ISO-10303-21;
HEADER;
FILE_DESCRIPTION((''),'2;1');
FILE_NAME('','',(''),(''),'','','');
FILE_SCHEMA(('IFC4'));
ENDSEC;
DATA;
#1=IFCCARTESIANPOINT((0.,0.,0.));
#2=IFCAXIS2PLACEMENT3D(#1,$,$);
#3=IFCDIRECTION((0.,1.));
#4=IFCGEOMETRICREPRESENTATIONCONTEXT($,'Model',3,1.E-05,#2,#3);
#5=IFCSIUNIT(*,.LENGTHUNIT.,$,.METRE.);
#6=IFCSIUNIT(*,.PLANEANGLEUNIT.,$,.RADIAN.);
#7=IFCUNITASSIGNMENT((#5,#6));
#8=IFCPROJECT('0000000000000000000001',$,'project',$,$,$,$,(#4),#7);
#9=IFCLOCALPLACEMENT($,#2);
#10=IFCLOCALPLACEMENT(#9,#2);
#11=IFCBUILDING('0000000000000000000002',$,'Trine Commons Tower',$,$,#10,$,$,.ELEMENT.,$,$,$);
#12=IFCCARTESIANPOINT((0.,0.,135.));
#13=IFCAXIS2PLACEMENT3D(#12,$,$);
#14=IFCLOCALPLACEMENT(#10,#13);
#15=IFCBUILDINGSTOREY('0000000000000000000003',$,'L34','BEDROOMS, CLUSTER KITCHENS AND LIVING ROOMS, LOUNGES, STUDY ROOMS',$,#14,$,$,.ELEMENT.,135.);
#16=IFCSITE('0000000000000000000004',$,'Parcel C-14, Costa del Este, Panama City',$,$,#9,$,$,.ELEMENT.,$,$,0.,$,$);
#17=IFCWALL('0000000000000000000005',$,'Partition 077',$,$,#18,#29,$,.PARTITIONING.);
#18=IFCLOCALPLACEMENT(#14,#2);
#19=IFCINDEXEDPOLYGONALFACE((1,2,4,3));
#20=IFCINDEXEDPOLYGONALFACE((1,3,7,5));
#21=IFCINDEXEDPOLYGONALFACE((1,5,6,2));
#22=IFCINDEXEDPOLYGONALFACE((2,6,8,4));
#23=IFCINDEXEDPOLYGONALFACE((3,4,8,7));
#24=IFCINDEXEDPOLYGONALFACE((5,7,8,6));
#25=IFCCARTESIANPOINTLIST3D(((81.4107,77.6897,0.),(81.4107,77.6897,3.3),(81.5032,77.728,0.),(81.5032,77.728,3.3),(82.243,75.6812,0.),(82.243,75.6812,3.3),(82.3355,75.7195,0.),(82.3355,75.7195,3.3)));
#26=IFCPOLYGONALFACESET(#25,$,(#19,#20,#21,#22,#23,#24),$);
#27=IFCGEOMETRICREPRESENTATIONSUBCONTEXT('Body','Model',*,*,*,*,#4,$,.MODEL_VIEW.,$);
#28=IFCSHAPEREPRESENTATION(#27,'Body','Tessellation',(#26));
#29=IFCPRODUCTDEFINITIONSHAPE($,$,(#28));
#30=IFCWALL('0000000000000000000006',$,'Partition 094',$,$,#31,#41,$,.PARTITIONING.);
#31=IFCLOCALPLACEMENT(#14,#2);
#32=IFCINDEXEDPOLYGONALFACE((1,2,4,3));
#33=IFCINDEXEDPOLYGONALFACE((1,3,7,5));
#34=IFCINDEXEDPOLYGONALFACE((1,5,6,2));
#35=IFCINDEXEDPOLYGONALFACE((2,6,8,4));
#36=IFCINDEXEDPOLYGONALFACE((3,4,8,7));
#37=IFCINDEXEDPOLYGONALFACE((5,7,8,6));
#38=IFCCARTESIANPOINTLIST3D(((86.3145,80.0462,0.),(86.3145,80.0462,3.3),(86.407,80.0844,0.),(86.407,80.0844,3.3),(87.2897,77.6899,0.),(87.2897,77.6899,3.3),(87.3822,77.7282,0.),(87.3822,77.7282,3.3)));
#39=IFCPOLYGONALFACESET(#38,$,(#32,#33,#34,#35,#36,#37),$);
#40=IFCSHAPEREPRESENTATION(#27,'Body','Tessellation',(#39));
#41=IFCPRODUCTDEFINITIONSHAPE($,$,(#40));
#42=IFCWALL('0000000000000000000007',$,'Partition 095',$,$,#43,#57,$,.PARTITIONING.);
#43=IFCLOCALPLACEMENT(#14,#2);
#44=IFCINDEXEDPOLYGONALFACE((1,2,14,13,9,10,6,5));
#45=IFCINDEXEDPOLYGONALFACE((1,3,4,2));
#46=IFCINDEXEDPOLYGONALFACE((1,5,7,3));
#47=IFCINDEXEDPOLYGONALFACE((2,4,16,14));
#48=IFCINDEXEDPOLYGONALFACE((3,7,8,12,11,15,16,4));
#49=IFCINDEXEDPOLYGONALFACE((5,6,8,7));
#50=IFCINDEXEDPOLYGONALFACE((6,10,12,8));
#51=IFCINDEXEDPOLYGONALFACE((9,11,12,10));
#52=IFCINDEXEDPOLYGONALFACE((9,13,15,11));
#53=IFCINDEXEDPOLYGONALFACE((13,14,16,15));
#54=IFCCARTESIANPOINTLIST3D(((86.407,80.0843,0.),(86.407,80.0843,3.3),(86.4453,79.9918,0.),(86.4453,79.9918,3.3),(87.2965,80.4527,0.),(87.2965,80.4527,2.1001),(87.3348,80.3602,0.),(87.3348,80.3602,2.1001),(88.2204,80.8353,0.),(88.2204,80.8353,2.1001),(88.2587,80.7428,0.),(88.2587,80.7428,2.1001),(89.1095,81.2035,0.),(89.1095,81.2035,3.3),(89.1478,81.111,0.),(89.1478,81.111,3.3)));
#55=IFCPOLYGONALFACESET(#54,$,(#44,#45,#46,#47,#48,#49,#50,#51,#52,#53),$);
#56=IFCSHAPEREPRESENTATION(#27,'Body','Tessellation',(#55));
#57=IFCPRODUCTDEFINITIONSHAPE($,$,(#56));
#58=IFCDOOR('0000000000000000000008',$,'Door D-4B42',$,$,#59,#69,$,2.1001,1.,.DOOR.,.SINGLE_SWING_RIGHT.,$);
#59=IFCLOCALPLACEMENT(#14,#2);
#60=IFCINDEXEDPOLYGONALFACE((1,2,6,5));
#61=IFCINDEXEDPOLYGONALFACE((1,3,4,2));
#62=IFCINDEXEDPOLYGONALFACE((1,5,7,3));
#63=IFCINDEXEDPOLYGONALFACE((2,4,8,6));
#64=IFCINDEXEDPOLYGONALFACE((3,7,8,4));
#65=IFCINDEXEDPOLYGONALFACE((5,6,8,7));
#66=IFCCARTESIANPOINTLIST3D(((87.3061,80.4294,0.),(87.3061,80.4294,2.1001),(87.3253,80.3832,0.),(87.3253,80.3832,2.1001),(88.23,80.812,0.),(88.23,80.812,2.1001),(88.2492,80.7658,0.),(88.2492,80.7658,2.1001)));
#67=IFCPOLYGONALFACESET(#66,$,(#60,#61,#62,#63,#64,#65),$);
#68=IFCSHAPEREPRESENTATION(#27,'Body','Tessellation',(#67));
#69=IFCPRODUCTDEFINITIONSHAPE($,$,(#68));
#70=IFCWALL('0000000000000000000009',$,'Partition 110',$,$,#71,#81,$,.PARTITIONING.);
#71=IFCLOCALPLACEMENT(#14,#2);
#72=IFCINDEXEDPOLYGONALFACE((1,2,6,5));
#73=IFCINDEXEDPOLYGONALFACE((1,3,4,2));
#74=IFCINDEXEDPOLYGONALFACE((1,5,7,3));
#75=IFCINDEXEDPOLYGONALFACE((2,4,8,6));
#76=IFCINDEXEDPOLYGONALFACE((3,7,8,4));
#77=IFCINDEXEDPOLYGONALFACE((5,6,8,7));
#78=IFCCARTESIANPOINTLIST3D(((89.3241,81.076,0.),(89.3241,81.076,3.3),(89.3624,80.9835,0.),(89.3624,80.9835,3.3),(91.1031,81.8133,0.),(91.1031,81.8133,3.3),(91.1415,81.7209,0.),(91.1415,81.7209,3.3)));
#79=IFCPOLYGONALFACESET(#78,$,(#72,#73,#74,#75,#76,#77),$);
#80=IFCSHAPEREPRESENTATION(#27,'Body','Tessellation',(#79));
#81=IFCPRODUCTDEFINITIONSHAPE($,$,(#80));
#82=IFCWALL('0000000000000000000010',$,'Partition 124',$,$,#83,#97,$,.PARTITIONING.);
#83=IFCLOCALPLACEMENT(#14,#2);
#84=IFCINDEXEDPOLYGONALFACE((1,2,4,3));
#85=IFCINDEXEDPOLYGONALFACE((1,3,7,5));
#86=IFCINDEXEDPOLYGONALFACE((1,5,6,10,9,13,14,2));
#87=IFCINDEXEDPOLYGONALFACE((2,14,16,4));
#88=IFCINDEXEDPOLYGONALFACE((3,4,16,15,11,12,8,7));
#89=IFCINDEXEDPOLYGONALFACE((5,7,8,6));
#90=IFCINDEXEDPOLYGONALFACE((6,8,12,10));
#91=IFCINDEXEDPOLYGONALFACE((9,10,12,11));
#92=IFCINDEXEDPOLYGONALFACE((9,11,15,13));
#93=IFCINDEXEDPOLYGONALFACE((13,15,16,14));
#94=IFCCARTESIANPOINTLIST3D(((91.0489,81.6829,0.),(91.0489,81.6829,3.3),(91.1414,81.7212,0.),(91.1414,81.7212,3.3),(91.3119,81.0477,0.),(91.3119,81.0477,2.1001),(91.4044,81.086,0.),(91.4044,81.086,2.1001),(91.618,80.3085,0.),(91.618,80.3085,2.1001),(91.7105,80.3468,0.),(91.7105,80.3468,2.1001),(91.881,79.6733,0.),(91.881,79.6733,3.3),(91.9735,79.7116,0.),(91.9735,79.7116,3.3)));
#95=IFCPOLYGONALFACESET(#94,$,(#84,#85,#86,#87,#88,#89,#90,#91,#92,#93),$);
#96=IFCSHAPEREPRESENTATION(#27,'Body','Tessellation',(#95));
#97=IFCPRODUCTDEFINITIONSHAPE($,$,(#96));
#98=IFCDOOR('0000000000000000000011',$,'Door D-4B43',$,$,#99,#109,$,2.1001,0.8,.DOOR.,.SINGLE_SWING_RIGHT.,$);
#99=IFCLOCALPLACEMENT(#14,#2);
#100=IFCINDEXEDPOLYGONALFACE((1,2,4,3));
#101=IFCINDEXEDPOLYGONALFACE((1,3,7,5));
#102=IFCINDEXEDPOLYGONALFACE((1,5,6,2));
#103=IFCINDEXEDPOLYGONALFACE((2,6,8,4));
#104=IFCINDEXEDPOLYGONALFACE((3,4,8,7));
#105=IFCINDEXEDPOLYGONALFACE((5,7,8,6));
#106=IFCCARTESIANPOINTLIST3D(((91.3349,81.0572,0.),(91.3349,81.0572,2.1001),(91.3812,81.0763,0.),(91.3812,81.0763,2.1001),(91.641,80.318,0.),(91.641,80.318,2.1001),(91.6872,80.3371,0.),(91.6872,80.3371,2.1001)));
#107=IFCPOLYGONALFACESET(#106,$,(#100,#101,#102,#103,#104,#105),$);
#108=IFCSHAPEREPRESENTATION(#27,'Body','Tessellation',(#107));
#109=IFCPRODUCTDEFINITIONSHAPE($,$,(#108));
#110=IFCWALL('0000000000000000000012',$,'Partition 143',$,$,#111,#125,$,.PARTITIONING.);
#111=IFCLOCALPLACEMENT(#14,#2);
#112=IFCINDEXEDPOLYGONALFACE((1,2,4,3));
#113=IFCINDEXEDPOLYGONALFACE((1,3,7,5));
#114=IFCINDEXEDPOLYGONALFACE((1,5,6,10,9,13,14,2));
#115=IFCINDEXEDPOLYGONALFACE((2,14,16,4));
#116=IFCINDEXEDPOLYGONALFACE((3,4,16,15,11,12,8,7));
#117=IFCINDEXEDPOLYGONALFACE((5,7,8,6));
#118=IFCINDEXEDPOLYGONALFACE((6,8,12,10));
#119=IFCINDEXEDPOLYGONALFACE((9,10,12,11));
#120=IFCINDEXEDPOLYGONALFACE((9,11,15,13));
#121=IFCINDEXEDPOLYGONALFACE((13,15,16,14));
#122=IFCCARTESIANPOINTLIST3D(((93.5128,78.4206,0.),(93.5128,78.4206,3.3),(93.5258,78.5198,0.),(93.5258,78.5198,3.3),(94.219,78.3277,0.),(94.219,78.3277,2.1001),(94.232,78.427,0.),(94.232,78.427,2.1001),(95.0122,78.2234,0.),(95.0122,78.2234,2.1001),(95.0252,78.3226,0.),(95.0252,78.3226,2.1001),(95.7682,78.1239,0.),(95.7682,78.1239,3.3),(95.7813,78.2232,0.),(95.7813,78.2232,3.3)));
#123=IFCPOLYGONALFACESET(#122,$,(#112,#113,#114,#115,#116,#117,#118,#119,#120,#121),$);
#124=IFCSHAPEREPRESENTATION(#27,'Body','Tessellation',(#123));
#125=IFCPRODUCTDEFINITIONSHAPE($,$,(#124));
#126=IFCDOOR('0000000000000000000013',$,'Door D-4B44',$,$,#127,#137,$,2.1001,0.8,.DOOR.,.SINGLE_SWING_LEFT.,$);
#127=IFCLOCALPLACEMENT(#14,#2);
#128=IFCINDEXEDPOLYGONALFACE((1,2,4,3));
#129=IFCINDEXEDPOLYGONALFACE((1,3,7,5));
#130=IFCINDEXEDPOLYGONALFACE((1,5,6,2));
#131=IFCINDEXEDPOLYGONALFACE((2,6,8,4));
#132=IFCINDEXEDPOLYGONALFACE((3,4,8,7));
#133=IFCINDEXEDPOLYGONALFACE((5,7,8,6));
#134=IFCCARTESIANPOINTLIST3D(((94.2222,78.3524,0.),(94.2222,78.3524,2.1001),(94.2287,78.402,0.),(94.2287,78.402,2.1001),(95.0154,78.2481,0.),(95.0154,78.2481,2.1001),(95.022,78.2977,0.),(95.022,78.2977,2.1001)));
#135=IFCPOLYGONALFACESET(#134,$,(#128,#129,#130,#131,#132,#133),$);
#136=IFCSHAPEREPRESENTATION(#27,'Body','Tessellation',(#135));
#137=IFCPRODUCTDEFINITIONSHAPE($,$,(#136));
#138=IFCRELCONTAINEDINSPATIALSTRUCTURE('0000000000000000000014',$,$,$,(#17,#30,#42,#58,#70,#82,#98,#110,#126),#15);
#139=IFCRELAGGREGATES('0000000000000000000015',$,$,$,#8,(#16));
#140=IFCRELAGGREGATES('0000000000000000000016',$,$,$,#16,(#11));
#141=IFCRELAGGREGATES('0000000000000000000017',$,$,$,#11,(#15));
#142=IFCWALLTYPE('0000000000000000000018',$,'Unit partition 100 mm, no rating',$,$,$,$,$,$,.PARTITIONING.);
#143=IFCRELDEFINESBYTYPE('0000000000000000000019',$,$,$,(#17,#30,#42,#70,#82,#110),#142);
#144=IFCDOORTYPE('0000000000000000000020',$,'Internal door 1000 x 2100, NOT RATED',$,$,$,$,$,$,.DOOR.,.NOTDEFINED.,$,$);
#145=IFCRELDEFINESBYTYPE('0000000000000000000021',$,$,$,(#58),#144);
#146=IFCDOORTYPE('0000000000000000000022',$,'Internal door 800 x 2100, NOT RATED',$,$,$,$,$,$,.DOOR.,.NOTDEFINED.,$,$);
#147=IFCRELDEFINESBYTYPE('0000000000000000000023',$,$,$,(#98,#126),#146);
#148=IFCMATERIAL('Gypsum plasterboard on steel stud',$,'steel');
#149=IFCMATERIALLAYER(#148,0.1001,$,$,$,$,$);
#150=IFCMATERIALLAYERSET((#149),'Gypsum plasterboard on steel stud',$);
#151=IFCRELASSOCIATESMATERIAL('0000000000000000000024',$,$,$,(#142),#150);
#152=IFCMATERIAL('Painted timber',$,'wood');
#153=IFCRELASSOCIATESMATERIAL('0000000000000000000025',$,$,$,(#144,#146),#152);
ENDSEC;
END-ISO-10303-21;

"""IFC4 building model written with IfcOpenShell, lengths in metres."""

from ifc_helpers import new_model, si_unit, direction, frame, frame_2d, origin, place, context, subcontext, project, spatial, rectangle, extrude, material, layer, layer_set, type_object, element, fill, save


model = new_model("IFC4")

# Units and contexts
model_context = context("Model", 3, precision=1e-05, world=origin(), true_north=direction((0.0, 1.0)))
body_context = subcontext(model_context, "Body", "Model", "MODEL_VIEW")
ifc_project = project(units=[si_unit("LENGTHUNIT", "METRE"), si_unit("PLANEANGLEUNIT", "RADIAN")], contexts=[model_context])

# Site, building, storey
site_placement = place(None, origin())
site = spatial("IfcSite", under=ifc_project, at=site_placement, Name="Parcel C-14, Costa del Este, Panama City", CompositionType="ELEMENT", RefElevation=0.0)
building_placement = place(site_placement, origin())
building = spatial("IfcBuilding", under=site, at=building_placement, Name="Trine Commons Tower", CompositionType="ELEMENT")
storey_placement = place(building_placement, frame((0.0, 0.0, 135.0)))
storey = spatial("IfcBuildingStorey", under=building, at=storey_placement, Name="L34", Description="BEDROOMS, CLUSTER KITCHENS AND LIVING ROOMS, LOUNGES, STUDY ROOMS", CompositionType="ELEMENT", Elevation=135.0)

# Shared definitions
ifc_material_1 = material(Name="Gypsum plasterboard on steel stud", Category="steel")

# Walls
ifc_layer_1 = layer(ifc_material_1, 0.1001)
ifc_layer_set_1 = layer_set([ifc_layer_1], Name="Gypsum plasterboard on steel stud")
wall_type_1 = type_object("IfcWallType", Name="Unit partition 100 mm, no rating", PredefinedType="PARTITIONING", material=ifc_layer_set_1)
wall_1_placement = place(storey_placement, frame((81.457, 77.7087, 0.0), z_axis=(0.0, 0.0, 1.0), x_axis=(0.382805, -0.923829, 0.0)))
element("IfcWall", 1, at=wall_1_placement, inside=storey, type_object=wall_type_1, Name="Partition 077", PredefinedType="PARTITIONING", context=body_context, shape_type="SweptSolid", body=[
    extrude(rectangle(XDim=2.1741, YDim=0.1001, at=frame_2d((1.0869, 0.0))), origin(), (0.0, 0.0, 1.0), 3.3),
])
wall_2_placement = place(storey_placement, frame((86.3608, 80.0652, 0.0), z_axis=(0.0, 0.0, 1.0), x_axis=(0.382391, -0.924001, 0.0)))
element("IfcWall", 2, at=wall_2_placement, inside=storey, type_object=wall_type_1, Name="Partition 094", PredefinedType="PARTITIONING", context=body_context, shape_type="SweptSolid", body=[
    extrude(rectangle(XDim=2.55, YDim=0.1001, at=frame_2d((1.2749, 0.0))), origin(), (0.0, 0.0, 1.0), 3.3),
])

# Wall, opening, door
wall_3_placement = place(storey_placement, frame((86.4263, 80.0381, 0.0), z_axis=(0.0, 0.0, 1.0), x_axis=(0.923907, 0.382617, 0.0)))
wall_3 = element("IfcWall", 3, at=wall_3_placement, inside=storey, type_object=wall_type_1, Name="Partition 095", PredefinedType="PARTITIONING", context=body_context, shape_type="SweptSolid", body=[
    extrude(rectangle(XDim=2.925, YDim=0.1001, at=frame_2d((1.4624, 0.0))), origin(), (0.0, 0.0, 1.0), 3.3),
])
opening_1_placement = place(wall_3_placement, frame((0.9626, 0.0, 0.0)))
opening_1 = element("IfcOpeningElement", 4, at=opening_1_placement, cuts=wall_3, PredefinedType="OPENING", context=body_context, shape_type="SweptSolid", body=[
    extrude(rectangle(XDim=1.0, YDim=2.1001, at=frame_2d((0.5, 1.05))), frame((0.0, 0.0601, 0.0), z_axis=(0.0, -1.0, 0.0), x_axis=(1.0, 0.0, 0.0)), (0.0, 0.0, 1.0), 0.1201),
])
ifc_material_2 = material(Name="Painted timber", Category="wood")
door_type_1 = type_object("IfcDoorType", Name="Internal door 1000 x 2100, NOT RATED", OperationType="NOTDEFINED", PredefinedType="DOOR", material=ifc_material_2)
door_1_placement = place(opening_1_placement, origin())
door_1 = element("IfcDoor", 5, at=door_1_placement, inside=storey, type_object=door_type_1, Name="Door D-4B42", OperationType="SINGLE_SWING_RIGHT", OverallHeight=2.1001, OverallWidth=1.0, PredefinedType="DOOR", context=body_context, shape_type="SweptSolid", body=[
    extrude(rectangle(XDim=1.0, YDim=2.1001, at=frame_2d((0.5, 1.05))), frame((0.0, 0.0249, 0.0), z_axis=(0.0, -1.0, 0.0), x_axis=(1.0, 0.0, 0.0)), (0.0, 0.0, 1.0), 0.05),
])
fill(opening_1, door_1)

# Wall
wall_4_placement = place(storey_placement, frame((89.3433, 81.0298, 0.0), z_axis=(0.0, 0.0, 1.0), x_axis=(0.923807, 0.382859, 0.0)))
element("IfcWall", 6, at=wall_4_placement, inside=storey, type_object=wall_type_1, Name="Partition 110", PredefinedType="PARTITIONING", context=body_context, shape_type="SweptSolid", body=[
    extrude(rectangle(XDim=1.9258, YDim=0.1001, at=frame_2d((0.9629, 0.0))), origin(), (0.0, 0.0, 1.0), 3.3),
])

# Walls, openings, doors
wall_5_placement = place(storey_placement, frame((91.0952, 81.7019, 0.0), z_axis=(0.0, 0.0, 1.0), x_axis=(0.38255, -0.923935, 0.0)))
wall_5 = element("IfcWall", 7, at=wall_5_placement, inside=storey, type_object=wall_type_1, Name="Partition 124", PredefinedType="PARTITIONING", context=body_context, shape_type="SweptSolid", body=[
    extrude(rectangle(XDim=2.175, YDim=0.1001, at=frame_2d((1.0874, 0.0))), origin(), (0.0, 0.0, 1.0), 3.3),
])
opening_2_placement = place(wall_5_placement, frame((0.6875, 0.0, 0.0)))
opening_2 = element("IfcOpeningElement", 8, at=opening_2_placement, cuts=wall_5, PredefinedType="OPENING", context=body_context, shape_type="SweptSolid", body=[
    extrude(rectangle(XDim=0.8, YDim=2.1001, at=frame_2d((0.3999, 1.05))), frame((0.0, 0.0601, 0.0), z_axis=(0.0, -1.0, 0.0), x_axis=(1.0, 0.0, 0.0)), (0.0, 0.0, 1.0), 0.1201),
])
door_type_2 = type_object("IfcDoorType", Name="Internal door 800 x 2100, NOT RATED", OperationType="NOTDEFINED", PredefinedType="DOOR", material=ifc_material_2)
door_2_placement = place(opening_2_placement, origin())
door_2 = element("IfcDoor", 9, at=door_2_placement, inside=storey, type_object=door_type_2, Name="Door D-4B43", OperationType="SINGLE_SWING_RIGHT", OverallHeight=2.1001, OverallWidth=0.8, PredefinedType="DOOR", context=body_context, shape_type="SweptSolid", body=[
    extrude(rectangle(XDim=0.8, YDim=2.1001, at=frame_2d((0.3999, 1.05))), frame((0.0, 0.0249, 0.0), z_axis=(0.0, -1.0, 0.0), x_axis=(1.0, 0.0, 0.0)), (0.0, 0.0, 1.0), 0.05),
])
fill(opening_2, door_2)
wall_6_placement = place(storey_placement, frame((93.5193, 78.4702, 0.0), z_axis=(0.0, 0.0, 1.0), x_axis=(0.991462, -0.130399, 0.0)))
wall_6 = element("IfcWall", 10, at=wall_6_placement, inside=storey, type_object=wall_type_1, Name="Partition 143", PredefinedType="PARTITIONING", context=body_context, shape_type="SweptSolid", body=[
    extrude(rectangle(XDim=2.2749, YDim=0.1001, at=frame_2d((1.1375, 0.0))), origin(), (0.0, 0.0, 1.0), 3.3),
])
opening_3_placement = place(wall_6_placement, frame((0.7124, 0.0, 0.0)))
opening_3 = element("IfcOpeningElement", 11, at=opening_3_placement, cuts=wall_6, PredefinedType="OPENING", context=body_context, shape_type="SweptSolid", body=[
    extrude(rectangle(XDim=0.8, YDim=2.1001, at=frame_2d((0.3999, 1.05))), frame((0.0, 0.0601, 0.0), z_axis=(0.0, -1.0, 0.0), x_axis=(1.0, 0.0, 0.0)), (0.0, 0.0, 1.0), 0.1201),
])
door_3_placement = place(opening_3_placement, origin())
door_3 = element("IfcDoor", 12, at=door_3_placement, inside=storey, type_object=door_type_2, Name="Door D-4B44", OperationType="SINGLE_SWING_LEFT", OverallHeight=2.1001, OverallWidth=0.8, PredefinedType="DOOR", context=body_context, shape_type="SweptSolid", body=[
    extrude(rectangle(XDim=0.8, YDim=2.1001, at=frame_2d((0.3999, 1.05))), frame((0.0, 0.0249, 0.0), z_axis=(0.0, -1.0, 0.0), x_axis=(1.0, 0.0, 0.0)), (0.0, 0.0, 1.0), 0.05),
])
fill(opening_3, door_3)

save(model, "model.ifc")
